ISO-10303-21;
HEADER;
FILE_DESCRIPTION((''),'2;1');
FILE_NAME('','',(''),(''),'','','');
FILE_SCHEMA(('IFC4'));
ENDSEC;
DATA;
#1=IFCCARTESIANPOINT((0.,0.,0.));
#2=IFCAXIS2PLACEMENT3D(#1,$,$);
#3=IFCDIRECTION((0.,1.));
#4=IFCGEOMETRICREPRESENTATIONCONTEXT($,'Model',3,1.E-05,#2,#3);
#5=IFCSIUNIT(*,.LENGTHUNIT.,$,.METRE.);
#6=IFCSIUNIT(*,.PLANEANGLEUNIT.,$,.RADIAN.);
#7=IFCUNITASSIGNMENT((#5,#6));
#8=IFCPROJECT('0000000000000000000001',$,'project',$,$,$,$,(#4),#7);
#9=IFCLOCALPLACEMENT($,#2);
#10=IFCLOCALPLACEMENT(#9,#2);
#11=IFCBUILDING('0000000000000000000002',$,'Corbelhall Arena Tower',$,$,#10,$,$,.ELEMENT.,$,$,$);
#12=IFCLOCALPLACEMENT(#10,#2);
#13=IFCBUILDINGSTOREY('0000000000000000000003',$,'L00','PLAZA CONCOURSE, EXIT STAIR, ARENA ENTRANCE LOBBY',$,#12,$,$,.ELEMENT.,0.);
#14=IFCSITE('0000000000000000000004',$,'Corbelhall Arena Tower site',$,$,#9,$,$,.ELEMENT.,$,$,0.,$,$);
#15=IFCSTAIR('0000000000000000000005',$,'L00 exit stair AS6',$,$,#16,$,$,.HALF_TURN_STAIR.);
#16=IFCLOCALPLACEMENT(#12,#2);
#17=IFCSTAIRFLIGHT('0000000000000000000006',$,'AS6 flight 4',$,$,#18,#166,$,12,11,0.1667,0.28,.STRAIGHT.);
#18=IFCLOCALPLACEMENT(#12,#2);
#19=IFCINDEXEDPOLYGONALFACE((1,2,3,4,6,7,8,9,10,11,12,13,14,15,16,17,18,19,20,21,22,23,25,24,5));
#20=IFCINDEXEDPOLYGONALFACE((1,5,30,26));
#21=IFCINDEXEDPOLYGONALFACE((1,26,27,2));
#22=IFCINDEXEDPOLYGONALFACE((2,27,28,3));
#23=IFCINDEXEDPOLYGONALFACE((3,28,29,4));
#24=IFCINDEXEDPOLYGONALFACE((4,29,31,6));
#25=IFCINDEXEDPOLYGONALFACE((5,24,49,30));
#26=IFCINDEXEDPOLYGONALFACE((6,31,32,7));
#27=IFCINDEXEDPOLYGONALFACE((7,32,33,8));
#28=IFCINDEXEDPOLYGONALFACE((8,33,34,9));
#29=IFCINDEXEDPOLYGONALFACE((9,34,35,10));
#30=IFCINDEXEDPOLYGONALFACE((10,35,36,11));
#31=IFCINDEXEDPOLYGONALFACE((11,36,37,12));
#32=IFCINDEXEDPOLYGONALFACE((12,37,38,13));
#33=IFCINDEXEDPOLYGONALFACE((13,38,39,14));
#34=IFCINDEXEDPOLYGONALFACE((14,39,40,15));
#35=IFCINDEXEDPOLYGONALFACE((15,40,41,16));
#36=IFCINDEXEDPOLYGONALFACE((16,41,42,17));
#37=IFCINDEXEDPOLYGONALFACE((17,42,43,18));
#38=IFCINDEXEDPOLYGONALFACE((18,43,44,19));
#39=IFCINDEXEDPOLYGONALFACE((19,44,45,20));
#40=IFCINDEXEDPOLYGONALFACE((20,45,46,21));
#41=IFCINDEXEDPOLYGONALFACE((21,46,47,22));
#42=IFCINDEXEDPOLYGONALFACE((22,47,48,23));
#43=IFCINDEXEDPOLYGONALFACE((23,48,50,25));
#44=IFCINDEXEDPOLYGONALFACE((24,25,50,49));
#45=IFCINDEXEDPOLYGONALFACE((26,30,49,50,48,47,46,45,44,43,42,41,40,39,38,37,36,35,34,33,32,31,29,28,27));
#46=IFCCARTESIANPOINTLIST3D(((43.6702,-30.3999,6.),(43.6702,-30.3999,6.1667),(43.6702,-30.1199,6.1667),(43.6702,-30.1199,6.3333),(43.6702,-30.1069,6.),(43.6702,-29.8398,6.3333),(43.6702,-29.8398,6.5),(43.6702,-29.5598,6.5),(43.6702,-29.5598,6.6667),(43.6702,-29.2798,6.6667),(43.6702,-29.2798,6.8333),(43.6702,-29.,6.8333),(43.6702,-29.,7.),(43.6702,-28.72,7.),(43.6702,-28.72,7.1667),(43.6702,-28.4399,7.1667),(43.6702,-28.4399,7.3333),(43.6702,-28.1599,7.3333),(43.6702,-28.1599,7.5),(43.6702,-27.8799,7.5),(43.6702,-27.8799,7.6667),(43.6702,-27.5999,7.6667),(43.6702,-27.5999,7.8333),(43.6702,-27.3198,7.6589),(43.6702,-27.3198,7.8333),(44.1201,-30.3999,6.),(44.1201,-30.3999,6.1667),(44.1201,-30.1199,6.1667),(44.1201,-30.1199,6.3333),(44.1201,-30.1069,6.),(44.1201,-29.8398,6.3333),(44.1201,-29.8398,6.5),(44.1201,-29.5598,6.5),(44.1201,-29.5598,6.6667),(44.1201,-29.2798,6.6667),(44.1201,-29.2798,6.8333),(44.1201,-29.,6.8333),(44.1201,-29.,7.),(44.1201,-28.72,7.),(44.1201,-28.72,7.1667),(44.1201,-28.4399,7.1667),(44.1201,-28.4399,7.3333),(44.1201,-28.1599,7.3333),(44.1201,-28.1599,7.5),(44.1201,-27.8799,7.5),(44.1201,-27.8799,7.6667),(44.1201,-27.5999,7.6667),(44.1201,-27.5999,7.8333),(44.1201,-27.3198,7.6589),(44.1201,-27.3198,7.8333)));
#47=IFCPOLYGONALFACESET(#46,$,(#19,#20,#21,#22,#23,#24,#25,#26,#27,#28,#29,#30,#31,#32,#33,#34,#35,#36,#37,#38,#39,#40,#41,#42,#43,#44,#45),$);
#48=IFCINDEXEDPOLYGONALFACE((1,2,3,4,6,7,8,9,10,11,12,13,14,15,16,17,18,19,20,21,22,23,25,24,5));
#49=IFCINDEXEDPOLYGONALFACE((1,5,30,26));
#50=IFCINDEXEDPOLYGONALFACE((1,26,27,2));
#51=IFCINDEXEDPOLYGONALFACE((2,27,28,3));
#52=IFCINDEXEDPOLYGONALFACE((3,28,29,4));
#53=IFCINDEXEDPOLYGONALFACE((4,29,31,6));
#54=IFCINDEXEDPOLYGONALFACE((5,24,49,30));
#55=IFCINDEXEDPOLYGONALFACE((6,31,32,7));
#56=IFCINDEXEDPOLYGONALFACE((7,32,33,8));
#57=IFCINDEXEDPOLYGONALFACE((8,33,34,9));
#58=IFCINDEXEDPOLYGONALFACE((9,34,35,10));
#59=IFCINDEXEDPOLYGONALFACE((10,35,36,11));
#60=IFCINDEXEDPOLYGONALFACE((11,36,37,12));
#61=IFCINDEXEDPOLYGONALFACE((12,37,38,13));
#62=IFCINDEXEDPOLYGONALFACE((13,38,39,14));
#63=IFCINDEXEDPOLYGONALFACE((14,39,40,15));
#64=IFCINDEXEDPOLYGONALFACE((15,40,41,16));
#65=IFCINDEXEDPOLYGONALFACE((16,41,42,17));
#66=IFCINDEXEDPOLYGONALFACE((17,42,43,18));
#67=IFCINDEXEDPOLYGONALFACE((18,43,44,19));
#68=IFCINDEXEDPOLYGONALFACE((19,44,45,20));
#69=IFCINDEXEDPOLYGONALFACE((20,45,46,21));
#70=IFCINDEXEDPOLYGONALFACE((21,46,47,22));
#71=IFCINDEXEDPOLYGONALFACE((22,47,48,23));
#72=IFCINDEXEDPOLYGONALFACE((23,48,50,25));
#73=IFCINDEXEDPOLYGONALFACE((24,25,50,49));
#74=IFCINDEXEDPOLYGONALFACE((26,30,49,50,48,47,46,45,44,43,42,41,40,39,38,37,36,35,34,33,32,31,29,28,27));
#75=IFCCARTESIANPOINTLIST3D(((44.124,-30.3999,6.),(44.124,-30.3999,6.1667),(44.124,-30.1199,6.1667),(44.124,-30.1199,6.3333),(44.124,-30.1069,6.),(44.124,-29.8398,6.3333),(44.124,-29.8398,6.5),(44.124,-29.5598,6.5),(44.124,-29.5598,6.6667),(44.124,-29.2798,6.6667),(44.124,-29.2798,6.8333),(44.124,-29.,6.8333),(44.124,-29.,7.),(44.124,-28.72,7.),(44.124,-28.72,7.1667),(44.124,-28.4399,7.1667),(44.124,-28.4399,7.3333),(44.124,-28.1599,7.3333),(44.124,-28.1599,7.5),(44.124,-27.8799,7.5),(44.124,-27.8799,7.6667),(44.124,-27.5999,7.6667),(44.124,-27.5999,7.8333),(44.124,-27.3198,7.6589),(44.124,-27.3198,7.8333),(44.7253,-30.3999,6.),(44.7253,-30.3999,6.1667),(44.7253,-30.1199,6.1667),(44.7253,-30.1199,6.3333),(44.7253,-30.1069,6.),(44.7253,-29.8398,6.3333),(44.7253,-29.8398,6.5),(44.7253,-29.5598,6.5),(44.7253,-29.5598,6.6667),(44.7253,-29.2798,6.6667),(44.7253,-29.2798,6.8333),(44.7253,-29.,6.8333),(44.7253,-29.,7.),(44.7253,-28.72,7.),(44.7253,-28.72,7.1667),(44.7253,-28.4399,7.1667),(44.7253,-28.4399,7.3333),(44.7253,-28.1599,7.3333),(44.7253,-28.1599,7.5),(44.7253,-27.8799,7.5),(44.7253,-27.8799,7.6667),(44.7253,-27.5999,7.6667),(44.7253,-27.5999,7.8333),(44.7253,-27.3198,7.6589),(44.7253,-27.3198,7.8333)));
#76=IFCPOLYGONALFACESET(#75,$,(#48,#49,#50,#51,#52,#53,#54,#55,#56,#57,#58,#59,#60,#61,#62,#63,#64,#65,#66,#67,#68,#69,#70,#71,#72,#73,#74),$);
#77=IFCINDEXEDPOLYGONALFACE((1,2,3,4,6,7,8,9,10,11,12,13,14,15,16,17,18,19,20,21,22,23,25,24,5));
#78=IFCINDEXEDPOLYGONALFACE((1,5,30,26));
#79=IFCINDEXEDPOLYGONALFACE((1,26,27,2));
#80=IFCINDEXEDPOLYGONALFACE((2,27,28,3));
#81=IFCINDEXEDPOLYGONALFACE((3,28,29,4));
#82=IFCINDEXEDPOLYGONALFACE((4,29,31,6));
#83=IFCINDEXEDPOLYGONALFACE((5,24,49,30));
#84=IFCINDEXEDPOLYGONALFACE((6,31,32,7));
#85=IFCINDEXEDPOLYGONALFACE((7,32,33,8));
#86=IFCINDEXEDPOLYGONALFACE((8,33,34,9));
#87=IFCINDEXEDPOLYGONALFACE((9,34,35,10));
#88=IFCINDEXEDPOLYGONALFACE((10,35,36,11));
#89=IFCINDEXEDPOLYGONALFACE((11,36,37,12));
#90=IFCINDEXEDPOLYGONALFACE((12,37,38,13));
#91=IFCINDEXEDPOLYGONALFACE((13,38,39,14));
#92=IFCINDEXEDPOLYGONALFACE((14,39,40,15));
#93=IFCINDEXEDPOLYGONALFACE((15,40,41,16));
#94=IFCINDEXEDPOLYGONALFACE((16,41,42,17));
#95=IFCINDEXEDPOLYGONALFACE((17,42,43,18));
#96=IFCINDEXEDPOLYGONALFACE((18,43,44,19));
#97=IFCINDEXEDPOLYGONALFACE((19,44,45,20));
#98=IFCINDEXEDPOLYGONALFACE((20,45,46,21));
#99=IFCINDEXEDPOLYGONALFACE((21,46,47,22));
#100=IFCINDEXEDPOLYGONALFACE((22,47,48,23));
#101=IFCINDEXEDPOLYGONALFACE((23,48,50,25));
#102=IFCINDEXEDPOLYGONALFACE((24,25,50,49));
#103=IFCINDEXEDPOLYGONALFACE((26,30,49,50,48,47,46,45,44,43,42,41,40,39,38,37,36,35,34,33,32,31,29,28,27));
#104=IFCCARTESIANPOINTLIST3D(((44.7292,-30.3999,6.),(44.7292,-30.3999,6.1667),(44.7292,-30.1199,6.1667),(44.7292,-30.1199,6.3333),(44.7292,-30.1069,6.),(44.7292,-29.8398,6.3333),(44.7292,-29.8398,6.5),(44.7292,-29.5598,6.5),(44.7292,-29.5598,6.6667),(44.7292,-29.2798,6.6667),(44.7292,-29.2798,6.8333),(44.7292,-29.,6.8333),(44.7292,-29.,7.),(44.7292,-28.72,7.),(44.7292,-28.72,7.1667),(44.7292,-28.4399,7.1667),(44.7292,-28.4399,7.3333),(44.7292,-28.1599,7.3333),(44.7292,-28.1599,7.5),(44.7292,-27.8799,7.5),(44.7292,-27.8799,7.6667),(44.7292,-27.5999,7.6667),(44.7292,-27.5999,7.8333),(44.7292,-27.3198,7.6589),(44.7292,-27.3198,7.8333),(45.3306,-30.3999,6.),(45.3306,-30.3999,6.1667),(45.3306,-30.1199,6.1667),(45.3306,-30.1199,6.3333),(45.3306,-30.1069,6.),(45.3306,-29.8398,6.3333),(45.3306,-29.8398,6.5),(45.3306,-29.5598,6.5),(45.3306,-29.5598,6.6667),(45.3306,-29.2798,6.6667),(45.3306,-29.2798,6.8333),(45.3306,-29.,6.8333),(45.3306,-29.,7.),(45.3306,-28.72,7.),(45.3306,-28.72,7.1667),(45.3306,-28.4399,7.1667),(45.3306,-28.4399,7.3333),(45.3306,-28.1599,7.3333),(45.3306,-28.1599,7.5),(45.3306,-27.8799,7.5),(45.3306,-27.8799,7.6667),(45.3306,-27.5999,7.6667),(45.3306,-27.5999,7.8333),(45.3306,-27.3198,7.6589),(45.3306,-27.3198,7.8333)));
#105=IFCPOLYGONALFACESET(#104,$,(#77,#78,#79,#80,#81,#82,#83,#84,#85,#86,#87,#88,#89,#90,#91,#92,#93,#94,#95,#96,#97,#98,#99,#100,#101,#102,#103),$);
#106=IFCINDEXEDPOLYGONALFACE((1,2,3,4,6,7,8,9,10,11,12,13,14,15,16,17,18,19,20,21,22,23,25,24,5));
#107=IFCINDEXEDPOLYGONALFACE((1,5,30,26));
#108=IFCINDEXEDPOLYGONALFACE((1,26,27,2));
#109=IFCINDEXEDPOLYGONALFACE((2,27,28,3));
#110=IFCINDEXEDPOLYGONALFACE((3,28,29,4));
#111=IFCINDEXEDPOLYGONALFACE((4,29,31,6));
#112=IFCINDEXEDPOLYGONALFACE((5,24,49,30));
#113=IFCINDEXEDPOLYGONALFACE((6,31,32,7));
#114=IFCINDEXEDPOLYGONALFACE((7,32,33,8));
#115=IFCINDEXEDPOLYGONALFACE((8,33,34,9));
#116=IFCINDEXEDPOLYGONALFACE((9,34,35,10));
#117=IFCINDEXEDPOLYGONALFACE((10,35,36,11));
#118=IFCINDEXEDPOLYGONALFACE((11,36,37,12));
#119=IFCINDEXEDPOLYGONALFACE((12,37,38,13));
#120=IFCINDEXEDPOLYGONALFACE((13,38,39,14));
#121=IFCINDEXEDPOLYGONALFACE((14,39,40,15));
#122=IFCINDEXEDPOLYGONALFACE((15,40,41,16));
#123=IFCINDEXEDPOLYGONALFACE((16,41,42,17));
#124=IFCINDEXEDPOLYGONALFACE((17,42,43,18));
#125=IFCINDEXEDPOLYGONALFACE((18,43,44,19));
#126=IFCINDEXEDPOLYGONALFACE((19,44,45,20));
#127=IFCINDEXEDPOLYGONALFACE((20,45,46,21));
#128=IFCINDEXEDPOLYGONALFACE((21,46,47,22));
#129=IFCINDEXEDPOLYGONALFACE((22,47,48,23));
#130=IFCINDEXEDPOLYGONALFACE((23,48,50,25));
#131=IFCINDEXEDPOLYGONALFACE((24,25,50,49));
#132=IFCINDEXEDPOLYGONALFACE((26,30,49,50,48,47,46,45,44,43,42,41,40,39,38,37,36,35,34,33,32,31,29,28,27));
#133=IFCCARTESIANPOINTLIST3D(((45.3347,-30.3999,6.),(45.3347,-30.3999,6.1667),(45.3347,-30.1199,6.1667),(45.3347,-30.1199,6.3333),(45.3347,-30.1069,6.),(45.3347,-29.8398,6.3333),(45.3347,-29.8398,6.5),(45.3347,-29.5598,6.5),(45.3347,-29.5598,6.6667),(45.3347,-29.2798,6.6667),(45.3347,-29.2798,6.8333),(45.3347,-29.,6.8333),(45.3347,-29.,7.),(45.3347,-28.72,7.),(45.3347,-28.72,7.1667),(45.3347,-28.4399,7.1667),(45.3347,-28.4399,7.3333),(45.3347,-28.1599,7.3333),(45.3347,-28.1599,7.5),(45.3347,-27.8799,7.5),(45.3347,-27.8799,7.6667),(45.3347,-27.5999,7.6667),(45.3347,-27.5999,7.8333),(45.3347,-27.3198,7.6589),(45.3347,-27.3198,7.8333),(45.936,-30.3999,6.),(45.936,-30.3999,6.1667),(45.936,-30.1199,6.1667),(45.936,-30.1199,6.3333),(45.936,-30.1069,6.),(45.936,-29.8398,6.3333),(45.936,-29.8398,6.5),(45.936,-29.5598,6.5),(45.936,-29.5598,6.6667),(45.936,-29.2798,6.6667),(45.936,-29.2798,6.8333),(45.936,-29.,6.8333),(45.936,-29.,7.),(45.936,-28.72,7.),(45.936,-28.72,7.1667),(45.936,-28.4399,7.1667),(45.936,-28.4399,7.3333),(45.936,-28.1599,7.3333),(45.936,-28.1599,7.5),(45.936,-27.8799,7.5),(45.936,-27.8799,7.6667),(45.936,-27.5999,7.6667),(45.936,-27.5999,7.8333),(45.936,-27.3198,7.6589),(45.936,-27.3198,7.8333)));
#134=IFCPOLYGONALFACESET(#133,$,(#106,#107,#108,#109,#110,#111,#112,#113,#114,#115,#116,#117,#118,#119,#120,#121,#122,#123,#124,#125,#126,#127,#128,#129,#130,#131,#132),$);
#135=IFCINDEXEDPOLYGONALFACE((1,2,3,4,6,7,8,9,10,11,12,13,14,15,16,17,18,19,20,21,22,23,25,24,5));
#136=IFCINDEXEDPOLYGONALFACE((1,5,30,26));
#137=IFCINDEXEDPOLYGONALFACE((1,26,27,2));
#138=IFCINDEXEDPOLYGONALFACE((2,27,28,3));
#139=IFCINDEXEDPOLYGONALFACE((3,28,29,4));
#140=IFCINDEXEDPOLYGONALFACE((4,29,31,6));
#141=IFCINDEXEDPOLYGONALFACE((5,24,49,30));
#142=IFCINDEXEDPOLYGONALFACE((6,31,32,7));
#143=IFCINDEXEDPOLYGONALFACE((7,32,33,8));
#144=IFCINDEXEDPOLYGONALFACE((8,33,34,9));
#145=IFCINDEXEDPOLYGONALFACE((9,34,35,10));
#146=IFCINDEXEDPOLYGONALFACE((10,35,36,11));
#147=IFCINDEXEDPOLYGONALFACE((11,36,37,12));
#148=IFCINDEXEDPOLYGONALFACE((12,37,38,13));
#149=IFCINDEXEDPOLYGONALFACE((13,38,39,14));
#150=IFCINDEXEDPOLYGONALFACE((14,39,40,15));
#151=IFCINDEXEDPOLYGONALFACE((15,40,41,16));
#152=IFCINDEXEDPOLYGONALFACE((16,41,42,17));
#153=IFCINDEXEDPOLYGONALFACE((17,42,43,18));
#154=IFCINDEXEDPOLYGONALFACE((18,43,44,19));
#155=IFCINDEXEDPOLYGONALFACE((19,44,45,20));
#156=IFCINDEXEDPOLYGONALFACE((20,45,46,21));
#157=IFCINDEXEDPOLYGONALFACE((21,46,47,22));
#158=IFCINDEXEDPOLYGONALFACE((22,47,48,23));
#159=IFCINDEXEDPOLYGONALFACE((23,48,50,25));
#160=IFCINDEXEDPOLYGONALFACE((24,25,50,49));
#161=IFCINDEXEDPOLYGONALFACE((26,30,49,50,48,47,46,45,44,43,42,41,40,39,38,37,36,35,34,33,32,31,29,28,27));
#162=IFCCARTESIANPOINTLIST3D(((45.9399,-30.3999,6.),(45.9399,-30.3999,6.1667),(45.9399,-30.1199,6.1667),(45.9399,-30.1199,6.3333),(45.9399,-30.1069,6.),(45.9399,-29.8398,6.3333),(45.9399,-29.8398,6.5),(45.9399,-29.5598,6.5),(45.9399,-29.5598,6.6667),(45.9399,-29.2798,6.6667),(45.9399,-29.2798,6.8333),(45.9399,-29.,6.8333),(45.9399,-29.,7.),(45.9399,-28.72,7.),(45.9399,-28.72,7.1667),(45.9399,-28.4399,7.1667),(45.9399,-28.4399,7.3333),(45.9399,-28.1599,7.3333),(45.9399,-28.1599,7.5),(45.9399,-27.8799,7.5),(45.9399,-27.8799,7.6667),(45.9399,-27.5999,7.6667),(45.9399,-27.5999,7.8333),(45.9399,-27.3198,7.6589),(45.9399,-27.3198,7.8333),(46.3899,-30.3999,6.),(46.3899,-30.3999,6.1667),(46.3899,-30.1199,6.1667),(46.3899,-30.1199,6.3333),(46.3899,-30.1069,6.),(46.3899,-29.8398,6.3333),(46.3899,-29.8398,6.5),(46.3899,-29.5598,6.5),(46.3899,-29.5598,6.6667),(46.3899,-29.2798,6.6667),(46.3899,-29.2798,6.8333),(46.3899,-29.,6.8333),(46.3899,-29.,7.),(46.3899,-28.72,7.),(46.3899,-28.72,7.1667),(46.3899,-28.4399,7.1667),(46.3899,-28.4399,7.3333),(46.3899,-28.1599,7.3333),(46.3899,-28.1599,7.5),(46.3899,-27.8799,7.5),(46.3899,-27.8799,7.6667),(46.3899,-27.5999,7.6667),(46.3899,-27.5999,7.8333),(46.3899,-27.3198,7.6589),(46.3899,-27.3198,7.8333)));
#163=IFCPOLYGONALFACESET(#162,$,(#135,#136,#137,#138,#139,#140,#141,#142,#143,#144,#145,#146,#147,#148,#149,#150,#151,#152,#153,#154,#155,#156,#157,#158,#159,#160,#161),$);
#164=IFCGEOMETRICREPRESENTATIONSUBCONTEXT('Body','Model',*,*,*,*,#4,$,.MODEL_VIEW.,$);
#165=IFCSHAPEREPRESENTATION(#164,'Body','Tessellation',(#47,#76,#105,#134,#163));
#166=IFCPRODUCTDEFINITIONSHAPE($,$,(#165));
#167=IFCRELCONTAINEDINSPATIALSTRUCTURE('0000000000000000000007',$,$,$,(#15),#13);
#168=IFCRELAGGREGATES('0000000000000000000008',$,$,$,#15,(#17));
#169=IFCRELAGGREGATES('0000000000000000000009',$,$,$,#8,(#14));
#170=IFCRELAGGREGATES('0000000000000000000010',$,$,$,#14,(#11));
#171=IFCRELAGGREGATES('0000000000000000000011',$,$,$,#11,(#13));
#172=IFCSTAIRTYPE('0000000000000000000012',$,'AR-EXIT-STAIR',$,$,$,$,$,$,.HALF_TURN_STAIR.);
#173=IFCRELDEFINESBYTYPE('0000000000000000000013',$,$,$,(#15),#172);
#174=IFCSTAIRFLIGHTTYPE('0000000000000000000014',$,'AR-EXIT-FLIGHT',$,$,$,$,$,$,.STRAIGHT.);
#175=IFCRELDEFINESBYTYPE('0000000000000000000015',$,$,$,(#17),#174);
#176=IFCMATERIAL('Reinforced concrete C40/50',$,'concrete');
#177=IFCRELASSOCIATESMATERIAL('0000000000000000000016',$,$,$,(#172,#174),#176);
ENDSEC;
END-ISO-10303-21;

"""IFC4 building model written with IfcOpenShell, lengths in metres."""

from ifc_helpers import new_model, si_unit, direction, frame, origin, place, context, subcontext, project, spatial, polyline, outline, extrude, material, type_object, element, aggregate, save


model = new_model("IFC4")

# Units and contexts
model_context = context("Model", 3, precision=1e-05, world=origin(), true_north=direction((0.0, 1.0)))
body_context = subcontext(model_context, "Body", "Model", "MODEL_VIEW")
ifc_project = project(units=[si_unit("LENGTHUNIT", "METRE"), si_unit("PLANEANGLEUNIT", "RADIAN")], contexts=[model_context])

# Site, building, storey
site_placement = place(None, origin())
site = spatial("IfcSite", under=ifc_project, at=site_placement, Name="Corbelhall Arena Tower site", CompositionType="ELEMENT", RefElevation=0.0)
building_placement = place(site_placement, origin())
building = spatial("IfcBuilding", under=site, at=building_placement, Name="Corbelhall Arena Tower", CompositionType="ELEMENT")
storey_placement = place(building_placement, origin())
storey = spatial("IfcBuildingStorey", under=building, at=storey_placement, Name="L00", Description="PLAZA CONCOURSE, EXIT STAIR, ARENA ENTRANCE LOBBY", CompositionType="ELEMENT", Elevation=0.0)

# Stair, stair flight
ifc_material_1 = material(Name="Reinforced concrete C40/50", Category="concrete")
stair_type = type_object("IfcStairType", Name="AR-EXIT-STAIR", PredefinedType="HALF_TURN_STAIR", material=ifc_material_1)
stair_flight_type = type_object("IfcStairFlightType", Name="AR-EXIT-FLIGHT", PredefinedType="STRAIGHT", material=ifc_material_1)
stair_1_placement = place(storey_placement, origin())
stair_1 = element("IfcStair", 1, at=stair_1_placement, inside=storey, type_object=stair_type, Name="L00 exit stair AS6", PredefinedType="HALF_TURN_STAIR")
stair_flight_1_placement = place(storey_placement, frame((45.03, -30.3999, 6.0), z_axis=(0.0, 0.0, 1.0), x_axis=(0.0, 1.0, 0.0)))
stair_flight_1 = element("IfcStairFlight", 2, at=stair_flight_1_placement, type_object=stair_flight_type, Name="AS6 flight 4", NumberOfRisers=12, NumberOfTreads=11, PredefinedType="STRAIGHT", RiserHeight=0.1667, TreadLength=0.28, context=body_context, shape_type="SweptSolid", body=[
    extrude(outline(polyline([(0.0, 0.0), (0.0, 0.1667), (0.28, 0.1667), (0.28, 0.3333), (0.5601, 0.3333), (0.5601, 0.5), (0.8401, 0.5), (0.8401, 0.6667), (1.1201, 0.6667), (1.1201, 0.8333), (1.3999, 0.8333), (1.3999, 1.0), (1.6799, 1.0), (1.6799, 1.1667), (1.96, 1.1667), (1.96, 1.3333), (2.24, 1.3333), (2.24, 1.5), (2.52, 1.5), (2.52, 1.6667), (2.8, 1.6667), (2.8, 1.8333), (3.0801, 1.8333), (3.0801, 2.0), (3.0801, 1.6589), (0.293, 0.0), (0.0, 0.0)])), frame((0.0, 1.3599, 0.0), z_axis=(0.0, -1.0, 0.0), x_axis=(1.0, 0.0, 0.0)), (0.0, 0.0, 1.0), 0.45),
    extrude(outline(polyline([(0.0, 0.0), (0.0, 0.1667), (0.28, 0.1667), (0.28, 0.3333), (0.5601, 0.3333), (0.5601, 0.5), (0.8401, 0.5), (0.8401, 0.6667), (1.1201, 0.6667), (1.1201, 0.8333), (1.3999, 0.8333), (1.3999, 1.0), (1.6799, 1.0), (1.6799, 1.1667), (1.96, 1.1667), (1.96, 1.3333), (2.24, 1.3333), (2.24, 1.5), (2.52, 1.5), (2.52, 1.6667), (2.8, 1.6667), (2.8, 1.8333), (3.0801, 1.8333), (3.0801, 2.0), (3.0801, 1.6589), (0.293, 0.0), (0.0, 0.0)])), frame((0.0, 0.906, 0.0), z_axis=(0.0, -1.0, 0.0), x_axis=(1.0, 0.0, 0.0)), (0.0, 0.0, 1.0), 0.6013),
    extrude(outline(polyline([(0.0, 0.0), (0.0, 0.1667), (0.28, 0.1667), (0.28, 0.3333), (0.5601, 0.3333), (0.5601, 0.5), (0.8401, 0.5), (0.8401, 0.6667), (1.1201, 0.6667), (1.1201, 0.8333), (1.3999, 0.8333), (1.3999, 1.0), (1.6799, 1.0), (1.6799, 1.1667), (1.96, 1.1667), (1.96, 1.3333), (2.24, 1.3333), (2.24, 1.5), (2.52, 1.5), (2.52, 1.6667), (2.8, 1.6667), (2.8, 1.8333), (3.0801, 1.8333), (3.0801, 2.0), (3.0801, 1.6589), (0.293, 0.0), (0.0, 0.0)])), frame((0.0, 0.3008, 0.0), z_axis=(0.0, -1.0, 0.0), x_axis=(1.0, 0.0, 0.0)), (0.0, 0.0, 1.0), 0.6013),
    extrude(outline(polyline([(0.0, 0.0), (0.0, 0.1667), (0.28, 0.1667), (0.28, 0.3333), (0.5601, 0.3333), (0.5601, 0.5), (0.8401, 0.5), (0.8401, 0.6667), (1.1201, 0.6667), (1.1201, 0.8333), (1.3999, 0.8333), (1.3999, 1.0), (1.6799, 1.0), (1.6799, 1.1667), (1.96, 1.1667), (1.96, 1.3333), (2.24, 1.3333), (2.24, 1.5), (2.52, 1.5), (2.52, 1.6667), (2.8, 1.6667), (2.8, 1.8333), (3.0801, 1.8333), (3.0801, 2.0), (3.0801, 1.6589), (0.293, 0.0), (0.0, 0.0)])), frame((0.0, -0.3047, 0.0), z_axis=(0.0, -1.0, 0.0), x_axis=(1.0, 0.0, 0.0)), (0.0, 0.0, 1.0), 0.6013),
    extrude(outline(polyline([(0.0, 0.0), (0.0, 0.1667), (0.28, 0.1667), (0.28, 0.3333), (0.5601, 0.3333), (0.5601, 0.5), (0.8401, 0.5), (0.8401, 0.6667), (1.1201, 0.6667), (1.1201, 0.8333), (1.3999, 0.8333), (1.3999, 1.0), (1.6799, 1.0), (1.6799, 1.1667), (1.96, 1.1667), (1.96, 1.3333), (2.24, 1.3333), (2.24, 1.5), (2.52, 1.5), (2.52, 1.6667), (2.8, 1.6667), (2.8, 1.8333), (3.0801, 1.8333), (3.0801, 2.0), (3.0801, 1.6589), (0.293, 0.0), (0.0, 0.0)])), frame((0.0, -0.9099, 0.0), z_axis=(0.0, -1.0, 0.0), x_axis=(1.0, 0.0, 0.0)), (0.0, 0.0, 1.0), 0.45),
])
aggregate(stair_1, [stair_flight_1])

save(model, "model.ifc")
